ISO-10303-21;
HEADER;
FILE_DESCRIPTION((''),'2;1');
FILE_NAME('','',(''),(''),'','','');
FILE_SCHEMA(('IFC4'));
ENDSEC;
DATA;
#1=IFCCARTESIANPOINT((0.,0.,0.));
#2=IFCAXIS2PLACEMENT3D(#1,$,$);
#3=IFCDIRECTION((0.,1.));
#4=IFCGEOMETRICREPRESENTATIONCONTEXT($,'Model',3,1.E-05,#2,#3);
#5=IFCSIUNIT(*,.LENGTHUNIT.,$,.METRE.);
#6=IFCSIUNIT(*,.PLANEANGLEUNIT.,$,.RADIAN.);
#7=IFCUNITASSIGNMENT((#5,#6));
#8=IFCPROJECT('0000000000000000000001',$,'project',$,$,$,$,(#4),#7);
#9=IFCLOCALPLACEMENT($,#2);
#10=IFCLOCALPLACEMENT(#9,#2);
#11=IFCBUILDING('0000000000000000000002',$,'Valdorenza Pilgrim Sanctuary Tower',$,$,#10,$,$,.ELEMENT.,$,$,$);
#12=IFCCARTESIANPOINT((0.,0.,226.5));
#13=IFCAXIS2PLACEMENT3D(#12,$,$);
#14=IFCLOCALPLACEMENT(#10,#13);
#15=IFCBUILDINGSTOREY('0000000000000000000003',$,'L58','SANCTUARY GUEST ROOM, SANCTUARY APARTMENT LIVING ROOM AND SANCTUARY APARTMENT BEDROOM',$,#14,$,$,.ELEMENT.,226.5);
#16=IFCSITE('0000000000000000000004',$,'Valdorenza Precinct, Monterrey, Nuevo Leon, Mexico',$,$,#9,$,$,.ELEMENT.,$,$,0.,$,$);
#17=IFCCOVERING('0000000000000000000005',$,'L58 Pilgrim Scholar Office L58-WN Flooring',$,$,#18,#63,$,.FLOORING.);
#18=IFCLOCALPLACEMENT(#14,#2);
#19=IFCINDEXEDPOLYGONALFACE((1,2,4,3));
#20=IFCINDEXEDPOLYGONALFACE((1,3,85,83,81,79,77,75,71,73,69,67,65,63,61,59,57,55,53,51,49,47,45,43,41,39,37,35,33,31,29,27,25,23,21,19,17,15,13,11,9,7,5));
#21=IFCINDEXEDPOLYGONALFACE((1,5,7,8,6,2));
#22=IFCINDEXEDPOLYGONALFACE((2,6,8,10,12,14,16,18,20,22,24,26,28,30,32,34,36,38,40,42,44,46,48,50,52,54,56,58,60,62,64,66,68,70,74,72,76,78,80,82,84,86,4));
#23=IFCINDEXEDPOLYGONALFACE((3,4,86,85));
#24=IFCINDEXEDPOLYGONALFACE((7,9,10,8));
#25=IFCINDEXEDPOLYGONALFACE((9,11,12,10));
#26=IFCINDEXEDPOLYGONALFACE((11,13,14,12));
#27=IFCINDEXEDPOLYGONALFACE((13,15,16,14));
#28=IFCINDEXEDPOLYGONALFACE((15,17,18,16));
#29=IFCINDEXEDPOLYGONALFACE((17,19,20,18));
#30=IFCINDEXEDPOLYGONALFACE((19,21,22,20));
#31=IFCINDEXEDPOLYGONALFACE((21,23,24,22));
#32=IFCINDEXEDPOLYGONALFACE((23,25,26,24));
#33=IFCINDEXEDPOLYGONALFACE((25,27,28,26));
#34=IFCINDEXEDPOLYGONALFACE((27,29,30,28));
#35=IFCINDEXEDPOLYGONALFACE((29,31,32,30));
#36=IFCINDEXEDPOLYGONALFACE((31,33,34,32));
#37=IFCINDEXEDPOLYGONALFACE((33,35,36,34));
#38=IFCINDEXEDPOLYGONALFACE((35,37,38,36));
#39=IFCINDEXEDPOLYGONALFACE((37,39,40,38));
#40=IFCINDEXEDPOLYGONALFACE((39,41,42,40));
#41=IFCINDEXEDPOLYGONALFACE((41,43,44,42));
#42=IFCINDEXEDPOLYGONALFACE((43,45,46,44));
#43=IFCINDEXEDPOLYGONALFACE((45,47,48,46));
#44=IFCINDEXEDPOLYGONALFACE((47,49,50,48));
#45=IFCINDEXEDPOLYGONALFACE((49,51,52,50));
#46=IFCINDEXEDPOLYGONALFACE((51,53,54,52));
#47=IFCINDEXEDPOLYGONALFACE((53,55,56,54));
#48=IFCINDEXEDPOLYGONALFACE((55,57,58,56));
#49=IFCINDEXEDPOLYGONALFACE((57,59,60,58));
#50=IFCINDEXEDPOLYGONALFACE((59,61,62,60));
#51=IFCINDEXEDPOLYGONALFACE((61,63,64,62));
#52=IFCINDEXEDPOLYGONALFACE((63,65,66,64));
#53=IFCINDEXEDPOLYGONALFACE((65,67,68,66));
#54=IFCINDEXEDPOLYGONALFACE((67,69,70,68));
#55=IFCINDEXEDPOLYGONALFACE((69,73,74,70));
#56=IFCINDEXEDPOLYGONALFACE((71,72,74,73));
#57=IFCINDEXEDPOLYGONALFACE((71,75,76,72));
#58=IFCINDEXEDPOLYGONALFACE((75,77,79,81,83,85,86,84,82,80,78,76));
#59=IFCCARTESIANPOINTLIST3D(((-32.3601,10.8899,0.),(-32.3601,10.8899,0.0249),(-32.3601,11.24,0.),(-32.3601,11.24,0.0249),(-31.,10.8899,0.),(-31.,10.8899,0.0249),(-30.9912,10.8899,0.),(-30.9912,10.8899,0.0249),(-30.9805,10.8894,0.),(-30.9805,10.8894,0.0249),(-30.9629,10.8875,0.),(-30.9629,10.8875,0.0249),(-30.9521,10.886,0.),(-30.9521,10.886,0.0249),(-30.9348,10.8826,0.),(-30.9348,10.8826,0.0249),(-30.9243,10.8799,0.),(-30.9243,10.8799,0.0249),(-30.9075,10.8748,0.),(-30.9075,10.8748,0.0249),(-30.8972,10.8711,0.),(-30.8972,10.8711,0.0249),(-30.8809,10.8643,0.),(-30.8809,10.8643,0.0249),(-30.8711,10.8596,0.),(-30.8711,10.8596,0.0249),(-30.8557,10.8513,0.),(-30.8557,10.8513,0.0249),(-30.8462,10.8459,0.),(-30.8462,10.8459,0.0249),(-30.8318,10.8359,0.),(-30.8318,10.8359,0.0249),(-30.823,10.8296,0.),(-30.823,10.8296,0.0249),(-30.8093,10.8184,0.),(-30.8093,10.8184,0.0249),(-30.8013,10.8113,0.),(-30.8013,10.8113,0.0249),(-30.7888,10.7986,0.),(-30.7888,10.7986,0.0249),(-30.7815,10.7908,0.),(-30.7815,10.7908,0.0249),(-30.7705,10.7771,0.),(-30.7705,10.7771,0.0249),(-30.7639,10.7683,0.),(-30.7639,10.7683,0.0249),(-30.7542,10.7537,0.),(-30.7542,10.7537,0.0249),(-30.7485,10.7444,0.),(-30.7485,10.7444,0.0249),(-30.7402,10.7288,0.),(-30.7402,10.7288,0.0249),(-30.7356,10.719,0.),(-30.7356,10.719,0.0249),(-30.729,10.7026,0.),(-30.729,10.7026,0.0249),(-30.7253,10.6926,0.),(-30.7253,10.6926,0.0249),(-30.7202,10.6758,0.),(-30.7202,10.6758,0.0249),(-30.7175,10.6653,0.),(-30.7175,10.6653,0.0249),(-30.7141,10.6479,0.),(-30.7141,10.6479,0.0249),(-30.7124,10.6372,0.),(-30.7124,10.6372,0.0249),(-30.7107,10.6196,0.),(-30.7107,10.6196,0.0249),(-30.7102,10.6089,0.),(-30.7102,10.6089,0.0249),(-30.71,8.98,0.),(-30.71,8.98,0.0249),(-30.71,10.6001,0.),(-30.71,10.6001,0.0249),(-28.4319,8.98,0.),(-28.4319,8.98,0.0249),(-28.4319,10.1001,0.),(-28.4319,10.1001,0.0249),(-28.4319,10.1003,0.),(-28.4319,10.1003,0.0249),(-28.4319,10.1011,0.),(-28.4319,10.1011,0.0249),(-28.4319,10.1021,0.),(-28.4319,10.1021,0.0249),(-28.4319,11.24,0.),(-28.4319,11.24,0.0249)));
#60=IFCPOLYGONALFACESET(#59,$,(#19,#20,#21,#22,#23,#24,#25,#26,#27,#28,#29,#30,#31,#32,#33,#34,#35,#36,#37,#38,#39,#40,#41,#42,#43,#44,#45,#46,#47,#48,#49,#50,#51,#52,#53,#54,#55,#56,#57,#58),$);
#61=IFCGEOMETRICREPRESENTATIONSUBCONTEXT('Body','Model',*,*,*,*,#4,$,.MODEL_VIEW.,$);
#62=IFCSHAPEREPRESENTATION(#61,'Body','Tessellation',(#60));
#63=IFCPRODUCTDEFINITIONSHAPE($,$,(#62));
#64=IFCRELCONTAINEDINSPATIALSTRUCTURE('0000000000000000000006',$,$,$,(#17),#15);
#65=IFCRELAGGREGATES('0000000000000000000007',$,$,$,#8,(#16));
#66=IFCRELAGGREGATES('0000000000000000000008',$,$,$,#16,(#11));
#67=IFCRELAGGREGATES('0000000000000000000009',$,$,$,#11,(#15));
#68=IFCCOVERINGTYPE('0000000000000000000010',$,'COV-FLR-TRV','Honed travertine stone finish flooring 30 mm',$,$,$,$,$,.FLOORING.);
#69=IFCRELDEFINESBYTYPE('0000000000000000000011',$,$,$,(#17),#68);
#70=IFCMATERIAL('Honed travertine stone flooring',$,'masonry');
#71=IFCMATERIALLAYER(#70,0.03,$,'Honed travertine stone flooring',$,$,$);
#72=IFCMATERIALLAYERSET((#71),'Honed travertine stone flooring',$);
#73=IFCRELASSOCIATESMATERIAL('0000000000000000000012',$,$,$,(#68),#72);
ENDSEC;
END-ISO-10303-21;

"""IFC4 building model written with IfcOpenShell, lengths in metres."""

from ifc_helpers import new_model, si_unit, direction, frame, origin, place, context, subcontext, project, spatial, polyline, outline, extrude, material, layer, layer_set, type_object, element, save


model = new_model("IFC4")

# Units and contexts
model_context = context("Model", 3, precision=1e-05, world=origin(), true_north=direction((0.0, 1.0)))
body_context = subcontext(model_context, "Body", "Model", "MODEL_VIEW")
ifc_project = project(units=[si_unit("LENGTHUNIT", "METRE"), si_unit("PLANEANGLEUNIT", "RADIAN")], contexts=[model_context])

# Site, building, storey
site_placement = place(None, origin())
site = spatial("IfcSite", under=ifc_project, at=site_placement, Name="Valdorenza Precinct, Monterrey, Nuevo Leon, Mexico", CompositionType="ELEMENT", RefElevation=0.0)
building_placement = place(site_placement, origin())
building = spatial("IfcBuilding", under=site, at=building_placement, Name="Valdorenza Pilgrim Sanctuary Tower", CompositionType="ELEMENT")
storey_placement = place(building_placement, frame((0.0, 0.0, 226.5)))
storey = spatial("IfcBuildingStorey", under=building, at=storey_placement, Name="L58", Description="SANCTUARY GUEST ROOM, SANCTUARY APARTMENT LIVING ROOM AND SANCTUARY APARTMENT BEDROOM", CompositionType="ELEMENT", Elevation=226.5)

# Covering
ifc_material_1 = material(Name="Honed travertine stone flooring", Category="masonry")
ifc_layer_1 = layer(ifc_material_1, 0.03, Name="Honed travertine stone flooring")
ifc_layer_set_1 = layer_set([ifc_layer_1], Name="Honed travertine stone flooring")
covering_type_1 = type_object("IfcCoveringType", Name="COV-FLR-TRV", Description="Honed travertine stone finish flooring 30 mm", PredefinedType="FLOORING", material=ifc_layer_set_1)
covering_1_placement = place(storey_placement, origin())
element("IfcCovering", 1, at=covering_1_placement, inside=storey, type_object=covering_type_1, Name="L58 Pilgrim Scholar Office L58-WN Flooring", PredefinedType="FLOORING", context=body_context, shape_type="SweptSolid", body=[
    extrude(outline(polyline([(-28.4319, 11.24), (-28.4319, 10.1021), (-28.4319, 10.1011), (-28.4319, 10.1003), (-28.4319, 10.1001), (-28.4319, 8.98), (-30.71, 8.98), (-30.71, 10.6001), (-30.7102, 10.6089), (-30.7107, 10.6196), (-30.7124, 10.6372), (-30.7141, 10.6479), (-30.7175, 10.6653), (-30.7202, 10.6758), (-30.7253, 10.6926), (-30.729, 10.7026), (-30.7356, 10.719), (-30.7402, 10.7288), (-30.7485, 10.7444), (-30.7542, 10.7537), (-30.7639, 10.7683), (-30.7705, 10.7771), (-30.7815, 10.7908), (-30.7888, 10.7986), (-30.8013, 10.8113), (-30.8093, 10.8184), (-30.823, 10.8296), (-30.8318, 10.8359), (-30.8462, 10.8459), (-30.8557, 10.8513), (-30.8711, 10.8596), (-30.8809, 10.8643), (-30.8972, 10.8711), (-30.9075, 10.8748), (-30.9243, 10.8799), (-30.9348, 10.8826), (-30.9521, 10.886), (-30.9629, 10.8875), (-30.9805, 10.8894), (-30.9912, 10.8899), (-31.0, 10.8899), (-32.3601, 10.8899), (-32.3601, 11.24), (-28.4319, 11.24)])), origin(), (0.0, 0.0, 1.0), 0.0249),
])

save(model, "model.ifc")
